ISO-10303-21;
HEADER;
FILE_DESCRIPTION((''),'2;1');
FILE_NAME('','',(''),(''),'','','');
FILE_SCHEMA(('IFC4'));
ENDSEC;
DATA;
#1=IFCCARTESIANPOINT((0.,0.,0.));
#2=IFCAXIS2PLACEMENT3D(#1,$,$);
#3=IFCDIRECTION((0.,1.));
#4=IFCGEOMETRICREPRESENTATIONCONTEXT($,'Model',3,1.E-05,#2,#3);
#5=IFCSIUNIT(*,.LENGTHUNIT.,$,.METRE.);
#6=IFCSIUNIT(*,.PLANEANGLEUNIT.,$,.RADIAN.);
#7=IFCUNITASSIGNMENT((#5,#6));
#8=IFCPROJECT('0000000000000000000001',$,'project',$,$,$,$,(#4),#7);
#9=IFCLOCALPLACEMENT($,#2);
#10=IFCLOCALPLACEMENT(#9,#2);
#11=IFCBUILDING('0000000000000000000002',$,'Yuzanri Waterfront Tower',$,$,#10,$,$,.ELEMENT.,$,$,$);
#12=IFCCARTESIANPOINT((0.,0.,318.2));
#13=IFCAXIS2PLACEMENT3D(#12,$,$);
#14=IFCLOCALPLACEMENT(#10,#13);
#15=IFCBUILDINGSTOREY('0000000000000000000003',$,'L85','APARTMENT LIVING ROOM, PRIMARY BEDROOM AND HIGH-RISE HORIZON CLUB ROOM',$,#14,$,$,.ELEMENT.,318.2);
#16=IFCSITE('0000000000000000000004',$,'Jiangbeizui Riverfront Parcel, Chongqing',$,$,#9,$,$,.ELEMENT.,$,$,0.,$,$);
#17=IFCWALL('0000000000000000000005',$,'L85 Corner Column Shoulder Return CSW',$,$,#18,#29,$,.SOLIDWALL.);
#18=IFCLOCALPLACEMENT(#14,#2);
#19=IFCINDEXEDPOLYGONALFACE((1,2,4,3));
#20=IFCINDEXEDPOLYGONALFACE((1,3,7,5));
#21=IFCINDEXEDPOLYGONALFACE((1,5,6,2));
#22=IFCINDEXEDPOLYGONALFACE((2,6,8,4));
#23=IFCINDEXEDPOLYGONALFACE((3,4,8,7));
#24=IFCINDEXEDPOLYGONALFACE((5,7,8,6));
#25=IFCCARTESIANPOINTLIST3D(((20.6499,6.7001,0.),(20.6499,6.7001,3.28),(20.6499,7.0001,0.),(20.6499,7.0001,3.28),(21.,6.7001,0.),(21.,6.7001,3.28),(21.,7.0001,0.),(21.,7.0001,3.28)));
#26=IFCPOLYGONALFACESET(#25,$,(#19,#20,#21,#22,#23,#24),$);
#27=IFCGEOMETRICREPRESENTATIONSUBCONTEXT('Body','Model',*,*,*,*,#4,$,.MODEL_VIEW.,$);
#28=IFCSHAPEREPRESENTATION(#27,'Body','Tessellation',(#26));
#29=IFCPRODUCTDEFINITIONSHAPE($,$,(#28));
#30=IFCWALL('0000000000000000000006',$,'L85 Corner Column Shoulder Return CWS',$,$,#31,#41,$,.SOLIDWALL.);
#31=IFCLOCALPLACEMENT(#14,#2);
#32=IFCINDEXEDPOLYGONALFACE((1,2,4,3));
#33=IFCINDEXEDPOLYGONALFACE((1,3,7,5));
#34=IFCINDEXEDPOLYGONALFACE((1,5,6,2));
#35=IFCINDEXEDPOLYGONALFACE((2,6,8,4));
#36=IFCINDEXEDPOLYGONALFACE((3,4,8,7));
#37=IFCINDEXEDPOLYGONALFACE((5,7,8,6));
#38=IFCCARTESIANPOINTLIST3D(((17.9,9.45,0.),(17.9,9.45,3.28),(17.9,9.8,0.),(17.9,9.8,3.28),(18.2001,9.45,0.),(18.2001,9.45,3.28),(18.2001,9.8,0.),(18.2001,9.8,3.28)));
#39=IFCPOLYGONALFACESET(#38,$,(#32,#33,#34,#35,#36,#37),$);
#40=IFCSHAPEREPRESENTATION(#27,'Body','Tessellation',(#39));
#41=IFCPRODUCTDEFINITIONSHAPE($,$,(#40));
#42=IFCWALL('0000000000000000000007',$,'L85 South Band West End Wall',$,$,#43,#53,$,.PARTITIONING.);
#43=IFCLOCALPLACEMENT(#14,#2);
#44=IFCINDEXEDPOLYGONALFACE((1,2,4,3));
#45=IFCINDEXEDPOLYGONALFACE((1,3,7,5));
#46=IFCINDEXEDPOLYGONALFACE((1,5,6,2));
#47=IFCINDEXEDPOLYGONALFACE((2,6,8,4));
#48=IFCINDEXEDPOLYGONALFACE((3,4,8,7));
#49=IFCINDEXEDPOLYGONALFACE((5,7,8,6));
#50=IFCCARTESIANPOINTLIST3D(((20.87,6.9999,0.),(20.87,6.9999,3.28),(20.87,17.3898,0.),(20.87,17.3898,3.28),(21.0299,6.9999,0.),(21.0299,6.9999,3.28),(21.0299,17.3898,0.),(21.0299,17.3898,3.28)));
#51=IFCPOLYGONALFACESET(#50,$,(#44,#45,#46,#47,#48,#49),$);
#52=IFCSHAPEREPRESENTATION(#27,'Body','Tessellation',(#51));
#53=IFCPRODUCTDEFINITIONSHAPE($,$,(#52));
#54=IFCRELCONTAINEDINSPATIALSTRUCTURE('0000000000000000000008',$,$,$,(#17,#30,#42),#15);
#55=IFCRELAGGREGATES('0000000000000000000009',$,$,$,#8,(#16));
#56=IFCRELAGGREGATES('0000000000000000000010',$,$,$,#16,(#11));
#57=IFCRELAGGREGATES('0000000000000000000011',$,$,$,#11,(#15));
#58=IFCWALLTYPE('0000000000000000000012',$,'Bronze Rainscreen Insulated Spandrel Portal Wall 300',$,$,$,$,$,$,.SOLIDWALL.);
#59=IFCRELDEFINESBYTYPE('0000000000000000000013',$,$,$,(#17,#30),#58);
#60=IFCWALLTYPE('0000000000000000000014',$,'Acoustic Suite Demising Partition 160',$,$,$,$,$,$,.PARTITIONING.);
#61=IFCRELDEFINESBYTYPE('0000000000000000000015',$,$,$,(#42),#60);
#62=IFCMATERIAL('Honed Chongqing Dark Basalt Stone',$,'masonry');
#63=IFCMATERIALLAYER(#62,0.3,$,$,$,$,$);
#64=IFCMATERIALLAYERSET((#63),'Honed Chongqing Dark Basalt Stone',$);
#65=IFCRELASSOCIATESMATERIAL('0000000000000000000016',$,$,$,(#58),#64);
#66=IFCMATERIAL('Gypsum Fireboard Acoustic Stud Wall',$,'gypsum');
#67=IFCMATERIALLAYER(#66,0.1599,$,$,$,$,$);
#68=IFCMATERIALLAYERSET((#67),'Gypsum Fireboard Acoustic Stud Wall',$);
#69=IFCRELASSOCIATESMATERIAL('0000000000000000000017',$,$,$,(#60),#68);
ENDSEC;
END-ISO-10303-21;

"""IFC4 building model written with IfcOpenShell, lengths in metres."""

from ifc_helpers import new_model, si_unit, direction, frame, frame_2d, origin, place, context, subcontext, project, spatial, rectangle, extrude, source, transform, mapped, material, layer, layer_set, type_object, element, save


model = new_model("IFC4")

# Units and contexts
model_context = context("Model", 3, precision=1e-05, world=origin(), true_north=direction((0.0, 1.0)))
body_context = subcontext(model_context, "Body", "Model", "MODEL_VIEW")
ifc_project = project(units=[si_unit("LENGTHUNIT", "METRE"), si_unit("PLANEANGLEUNIT", "RADIAN")], contexts=[model_context])

# Site, building, storey
site_placement = place(None, origin())
site = spatial("IfcSite", under=ifc_project, at=site_placement, Name="Jiangbeizui Riverfront Parcel, Chongqing", CompositionType="ELEMENT", RefElevation=0.0)
building_placement = place(site_placement, origin())
building = spatial("IfcBuilding", under=site, at=building_placement, Name="Yuzanri Waterfront Tower", CompositionType="ELEMENT")
storey_placement = place(building_placement, frame((0.0, 0.0, 318.2)))
storey = spatial("IfcBuildingStorey", under=building, at=storey_placement, Name="L85", Description="APARTMENT LIVING ROOM, PRIMARY BEDROOM AND HIGH-RISE HORIZON CLUB ROOM", CompositionType="ELEMENT", Elevation=318.2)

# Shared definitions
ifc_material_1 = material(Name="Honed Chongqing Dark Basalt Stone", Category="masonry")
ifc_layer_1 = layer(ifc_material_1, 0.3)
ifc_layer_set_1 = layer_set([ifc_layer_1], Name="Honed Chongqing Dark Basalt Stone")
wall_type_1 = type_object("IfcWallType", Name="Bronze Rainscreen Insulated Spandrel Portal Wall 300", PredefinedType="SOLIDWALL", material=ifc_layer_set_1)

# Walls
shared_shape_1 = source(origin(), body_context, "Body", "SweptSolid", [
    extrude(rectangle(XDim=0.3501, YDim=0.3, at=frame_2d((0.175, 0.0))), origin(), (0.0, 0.0, 1.0), 3.28),
])
for number, where, z_axis, x_axis, name in (
    (1, (20.6499, 6.8501, 0.0), (0.0, 0.0, 1.0), (1.0, 0.0, 0.0), "L85 Corner Column Shoulder Return CSW"),
    (2, (18.05, 9.45, 0.0), (0.0, 0.0, 1.0), (0.0, 1.0, 0.0), "L85 Corner Column Shoulder Return CWS"),
):
    element("IfcWall", number, at=place(storey_placement, frame(where, z_axis=z_axis, x_axis=x_axis)), inside=storey, type_object=wall_type_1, Name=name, PredefinedType="SOLIDWALL", context=body_context, shape_type="MappedRepresentation", body=[
        mapped(shared_shape_1, transform((0.0, 0.0, 0.0), scale=1.0)),
    ])
ifc_material_2 = material(Name="Gypsum Fireboard Acoustic Stud Wall", Category="gypsum")
ifc_layer_2 = layer(ifc_material_2, 0.1599)
ifc_layer_set_2 = layer_set([ifc_layer_2], Name="Gypsum Fireboard Acoustic Stud Wall")
wall_type_2 = type_object("IfcWallType", Name="Acoustic Suite Demising Partition 160", PredefinedType="PARTITIONING", material=ifc_layer_set_2)
shared_shape_2 = source(origin(), body_context, "Body", "SweptSolid", [
    extrude(rectangle(XDim=10.3899, YDim=0.1599, at=frame_2d((5.1948, 0.0))), origin(), (0.0, 0.0, 1.0), 3.28),
])
wall_1_placement = place(storey_placement, frame((20.95, 7.0, 0.0), z_axis=(0.0, 0.0, 1.0), x_axis=(0.0, 1.0, 0.0)))
element("IfcWall", 3, at=wall_1_placement, inside=storey, type_object=wall_type_2, Name="L85 South Band West End Wall", PredefinedType="PARTITIONING", context=body_context, shape_type="MappedRepresentation", body=[
    mapped(shared_shape_2, transform((0.0, 0.0, 0.0), scale=1.0)),
])

save(model, "model.ifc")
